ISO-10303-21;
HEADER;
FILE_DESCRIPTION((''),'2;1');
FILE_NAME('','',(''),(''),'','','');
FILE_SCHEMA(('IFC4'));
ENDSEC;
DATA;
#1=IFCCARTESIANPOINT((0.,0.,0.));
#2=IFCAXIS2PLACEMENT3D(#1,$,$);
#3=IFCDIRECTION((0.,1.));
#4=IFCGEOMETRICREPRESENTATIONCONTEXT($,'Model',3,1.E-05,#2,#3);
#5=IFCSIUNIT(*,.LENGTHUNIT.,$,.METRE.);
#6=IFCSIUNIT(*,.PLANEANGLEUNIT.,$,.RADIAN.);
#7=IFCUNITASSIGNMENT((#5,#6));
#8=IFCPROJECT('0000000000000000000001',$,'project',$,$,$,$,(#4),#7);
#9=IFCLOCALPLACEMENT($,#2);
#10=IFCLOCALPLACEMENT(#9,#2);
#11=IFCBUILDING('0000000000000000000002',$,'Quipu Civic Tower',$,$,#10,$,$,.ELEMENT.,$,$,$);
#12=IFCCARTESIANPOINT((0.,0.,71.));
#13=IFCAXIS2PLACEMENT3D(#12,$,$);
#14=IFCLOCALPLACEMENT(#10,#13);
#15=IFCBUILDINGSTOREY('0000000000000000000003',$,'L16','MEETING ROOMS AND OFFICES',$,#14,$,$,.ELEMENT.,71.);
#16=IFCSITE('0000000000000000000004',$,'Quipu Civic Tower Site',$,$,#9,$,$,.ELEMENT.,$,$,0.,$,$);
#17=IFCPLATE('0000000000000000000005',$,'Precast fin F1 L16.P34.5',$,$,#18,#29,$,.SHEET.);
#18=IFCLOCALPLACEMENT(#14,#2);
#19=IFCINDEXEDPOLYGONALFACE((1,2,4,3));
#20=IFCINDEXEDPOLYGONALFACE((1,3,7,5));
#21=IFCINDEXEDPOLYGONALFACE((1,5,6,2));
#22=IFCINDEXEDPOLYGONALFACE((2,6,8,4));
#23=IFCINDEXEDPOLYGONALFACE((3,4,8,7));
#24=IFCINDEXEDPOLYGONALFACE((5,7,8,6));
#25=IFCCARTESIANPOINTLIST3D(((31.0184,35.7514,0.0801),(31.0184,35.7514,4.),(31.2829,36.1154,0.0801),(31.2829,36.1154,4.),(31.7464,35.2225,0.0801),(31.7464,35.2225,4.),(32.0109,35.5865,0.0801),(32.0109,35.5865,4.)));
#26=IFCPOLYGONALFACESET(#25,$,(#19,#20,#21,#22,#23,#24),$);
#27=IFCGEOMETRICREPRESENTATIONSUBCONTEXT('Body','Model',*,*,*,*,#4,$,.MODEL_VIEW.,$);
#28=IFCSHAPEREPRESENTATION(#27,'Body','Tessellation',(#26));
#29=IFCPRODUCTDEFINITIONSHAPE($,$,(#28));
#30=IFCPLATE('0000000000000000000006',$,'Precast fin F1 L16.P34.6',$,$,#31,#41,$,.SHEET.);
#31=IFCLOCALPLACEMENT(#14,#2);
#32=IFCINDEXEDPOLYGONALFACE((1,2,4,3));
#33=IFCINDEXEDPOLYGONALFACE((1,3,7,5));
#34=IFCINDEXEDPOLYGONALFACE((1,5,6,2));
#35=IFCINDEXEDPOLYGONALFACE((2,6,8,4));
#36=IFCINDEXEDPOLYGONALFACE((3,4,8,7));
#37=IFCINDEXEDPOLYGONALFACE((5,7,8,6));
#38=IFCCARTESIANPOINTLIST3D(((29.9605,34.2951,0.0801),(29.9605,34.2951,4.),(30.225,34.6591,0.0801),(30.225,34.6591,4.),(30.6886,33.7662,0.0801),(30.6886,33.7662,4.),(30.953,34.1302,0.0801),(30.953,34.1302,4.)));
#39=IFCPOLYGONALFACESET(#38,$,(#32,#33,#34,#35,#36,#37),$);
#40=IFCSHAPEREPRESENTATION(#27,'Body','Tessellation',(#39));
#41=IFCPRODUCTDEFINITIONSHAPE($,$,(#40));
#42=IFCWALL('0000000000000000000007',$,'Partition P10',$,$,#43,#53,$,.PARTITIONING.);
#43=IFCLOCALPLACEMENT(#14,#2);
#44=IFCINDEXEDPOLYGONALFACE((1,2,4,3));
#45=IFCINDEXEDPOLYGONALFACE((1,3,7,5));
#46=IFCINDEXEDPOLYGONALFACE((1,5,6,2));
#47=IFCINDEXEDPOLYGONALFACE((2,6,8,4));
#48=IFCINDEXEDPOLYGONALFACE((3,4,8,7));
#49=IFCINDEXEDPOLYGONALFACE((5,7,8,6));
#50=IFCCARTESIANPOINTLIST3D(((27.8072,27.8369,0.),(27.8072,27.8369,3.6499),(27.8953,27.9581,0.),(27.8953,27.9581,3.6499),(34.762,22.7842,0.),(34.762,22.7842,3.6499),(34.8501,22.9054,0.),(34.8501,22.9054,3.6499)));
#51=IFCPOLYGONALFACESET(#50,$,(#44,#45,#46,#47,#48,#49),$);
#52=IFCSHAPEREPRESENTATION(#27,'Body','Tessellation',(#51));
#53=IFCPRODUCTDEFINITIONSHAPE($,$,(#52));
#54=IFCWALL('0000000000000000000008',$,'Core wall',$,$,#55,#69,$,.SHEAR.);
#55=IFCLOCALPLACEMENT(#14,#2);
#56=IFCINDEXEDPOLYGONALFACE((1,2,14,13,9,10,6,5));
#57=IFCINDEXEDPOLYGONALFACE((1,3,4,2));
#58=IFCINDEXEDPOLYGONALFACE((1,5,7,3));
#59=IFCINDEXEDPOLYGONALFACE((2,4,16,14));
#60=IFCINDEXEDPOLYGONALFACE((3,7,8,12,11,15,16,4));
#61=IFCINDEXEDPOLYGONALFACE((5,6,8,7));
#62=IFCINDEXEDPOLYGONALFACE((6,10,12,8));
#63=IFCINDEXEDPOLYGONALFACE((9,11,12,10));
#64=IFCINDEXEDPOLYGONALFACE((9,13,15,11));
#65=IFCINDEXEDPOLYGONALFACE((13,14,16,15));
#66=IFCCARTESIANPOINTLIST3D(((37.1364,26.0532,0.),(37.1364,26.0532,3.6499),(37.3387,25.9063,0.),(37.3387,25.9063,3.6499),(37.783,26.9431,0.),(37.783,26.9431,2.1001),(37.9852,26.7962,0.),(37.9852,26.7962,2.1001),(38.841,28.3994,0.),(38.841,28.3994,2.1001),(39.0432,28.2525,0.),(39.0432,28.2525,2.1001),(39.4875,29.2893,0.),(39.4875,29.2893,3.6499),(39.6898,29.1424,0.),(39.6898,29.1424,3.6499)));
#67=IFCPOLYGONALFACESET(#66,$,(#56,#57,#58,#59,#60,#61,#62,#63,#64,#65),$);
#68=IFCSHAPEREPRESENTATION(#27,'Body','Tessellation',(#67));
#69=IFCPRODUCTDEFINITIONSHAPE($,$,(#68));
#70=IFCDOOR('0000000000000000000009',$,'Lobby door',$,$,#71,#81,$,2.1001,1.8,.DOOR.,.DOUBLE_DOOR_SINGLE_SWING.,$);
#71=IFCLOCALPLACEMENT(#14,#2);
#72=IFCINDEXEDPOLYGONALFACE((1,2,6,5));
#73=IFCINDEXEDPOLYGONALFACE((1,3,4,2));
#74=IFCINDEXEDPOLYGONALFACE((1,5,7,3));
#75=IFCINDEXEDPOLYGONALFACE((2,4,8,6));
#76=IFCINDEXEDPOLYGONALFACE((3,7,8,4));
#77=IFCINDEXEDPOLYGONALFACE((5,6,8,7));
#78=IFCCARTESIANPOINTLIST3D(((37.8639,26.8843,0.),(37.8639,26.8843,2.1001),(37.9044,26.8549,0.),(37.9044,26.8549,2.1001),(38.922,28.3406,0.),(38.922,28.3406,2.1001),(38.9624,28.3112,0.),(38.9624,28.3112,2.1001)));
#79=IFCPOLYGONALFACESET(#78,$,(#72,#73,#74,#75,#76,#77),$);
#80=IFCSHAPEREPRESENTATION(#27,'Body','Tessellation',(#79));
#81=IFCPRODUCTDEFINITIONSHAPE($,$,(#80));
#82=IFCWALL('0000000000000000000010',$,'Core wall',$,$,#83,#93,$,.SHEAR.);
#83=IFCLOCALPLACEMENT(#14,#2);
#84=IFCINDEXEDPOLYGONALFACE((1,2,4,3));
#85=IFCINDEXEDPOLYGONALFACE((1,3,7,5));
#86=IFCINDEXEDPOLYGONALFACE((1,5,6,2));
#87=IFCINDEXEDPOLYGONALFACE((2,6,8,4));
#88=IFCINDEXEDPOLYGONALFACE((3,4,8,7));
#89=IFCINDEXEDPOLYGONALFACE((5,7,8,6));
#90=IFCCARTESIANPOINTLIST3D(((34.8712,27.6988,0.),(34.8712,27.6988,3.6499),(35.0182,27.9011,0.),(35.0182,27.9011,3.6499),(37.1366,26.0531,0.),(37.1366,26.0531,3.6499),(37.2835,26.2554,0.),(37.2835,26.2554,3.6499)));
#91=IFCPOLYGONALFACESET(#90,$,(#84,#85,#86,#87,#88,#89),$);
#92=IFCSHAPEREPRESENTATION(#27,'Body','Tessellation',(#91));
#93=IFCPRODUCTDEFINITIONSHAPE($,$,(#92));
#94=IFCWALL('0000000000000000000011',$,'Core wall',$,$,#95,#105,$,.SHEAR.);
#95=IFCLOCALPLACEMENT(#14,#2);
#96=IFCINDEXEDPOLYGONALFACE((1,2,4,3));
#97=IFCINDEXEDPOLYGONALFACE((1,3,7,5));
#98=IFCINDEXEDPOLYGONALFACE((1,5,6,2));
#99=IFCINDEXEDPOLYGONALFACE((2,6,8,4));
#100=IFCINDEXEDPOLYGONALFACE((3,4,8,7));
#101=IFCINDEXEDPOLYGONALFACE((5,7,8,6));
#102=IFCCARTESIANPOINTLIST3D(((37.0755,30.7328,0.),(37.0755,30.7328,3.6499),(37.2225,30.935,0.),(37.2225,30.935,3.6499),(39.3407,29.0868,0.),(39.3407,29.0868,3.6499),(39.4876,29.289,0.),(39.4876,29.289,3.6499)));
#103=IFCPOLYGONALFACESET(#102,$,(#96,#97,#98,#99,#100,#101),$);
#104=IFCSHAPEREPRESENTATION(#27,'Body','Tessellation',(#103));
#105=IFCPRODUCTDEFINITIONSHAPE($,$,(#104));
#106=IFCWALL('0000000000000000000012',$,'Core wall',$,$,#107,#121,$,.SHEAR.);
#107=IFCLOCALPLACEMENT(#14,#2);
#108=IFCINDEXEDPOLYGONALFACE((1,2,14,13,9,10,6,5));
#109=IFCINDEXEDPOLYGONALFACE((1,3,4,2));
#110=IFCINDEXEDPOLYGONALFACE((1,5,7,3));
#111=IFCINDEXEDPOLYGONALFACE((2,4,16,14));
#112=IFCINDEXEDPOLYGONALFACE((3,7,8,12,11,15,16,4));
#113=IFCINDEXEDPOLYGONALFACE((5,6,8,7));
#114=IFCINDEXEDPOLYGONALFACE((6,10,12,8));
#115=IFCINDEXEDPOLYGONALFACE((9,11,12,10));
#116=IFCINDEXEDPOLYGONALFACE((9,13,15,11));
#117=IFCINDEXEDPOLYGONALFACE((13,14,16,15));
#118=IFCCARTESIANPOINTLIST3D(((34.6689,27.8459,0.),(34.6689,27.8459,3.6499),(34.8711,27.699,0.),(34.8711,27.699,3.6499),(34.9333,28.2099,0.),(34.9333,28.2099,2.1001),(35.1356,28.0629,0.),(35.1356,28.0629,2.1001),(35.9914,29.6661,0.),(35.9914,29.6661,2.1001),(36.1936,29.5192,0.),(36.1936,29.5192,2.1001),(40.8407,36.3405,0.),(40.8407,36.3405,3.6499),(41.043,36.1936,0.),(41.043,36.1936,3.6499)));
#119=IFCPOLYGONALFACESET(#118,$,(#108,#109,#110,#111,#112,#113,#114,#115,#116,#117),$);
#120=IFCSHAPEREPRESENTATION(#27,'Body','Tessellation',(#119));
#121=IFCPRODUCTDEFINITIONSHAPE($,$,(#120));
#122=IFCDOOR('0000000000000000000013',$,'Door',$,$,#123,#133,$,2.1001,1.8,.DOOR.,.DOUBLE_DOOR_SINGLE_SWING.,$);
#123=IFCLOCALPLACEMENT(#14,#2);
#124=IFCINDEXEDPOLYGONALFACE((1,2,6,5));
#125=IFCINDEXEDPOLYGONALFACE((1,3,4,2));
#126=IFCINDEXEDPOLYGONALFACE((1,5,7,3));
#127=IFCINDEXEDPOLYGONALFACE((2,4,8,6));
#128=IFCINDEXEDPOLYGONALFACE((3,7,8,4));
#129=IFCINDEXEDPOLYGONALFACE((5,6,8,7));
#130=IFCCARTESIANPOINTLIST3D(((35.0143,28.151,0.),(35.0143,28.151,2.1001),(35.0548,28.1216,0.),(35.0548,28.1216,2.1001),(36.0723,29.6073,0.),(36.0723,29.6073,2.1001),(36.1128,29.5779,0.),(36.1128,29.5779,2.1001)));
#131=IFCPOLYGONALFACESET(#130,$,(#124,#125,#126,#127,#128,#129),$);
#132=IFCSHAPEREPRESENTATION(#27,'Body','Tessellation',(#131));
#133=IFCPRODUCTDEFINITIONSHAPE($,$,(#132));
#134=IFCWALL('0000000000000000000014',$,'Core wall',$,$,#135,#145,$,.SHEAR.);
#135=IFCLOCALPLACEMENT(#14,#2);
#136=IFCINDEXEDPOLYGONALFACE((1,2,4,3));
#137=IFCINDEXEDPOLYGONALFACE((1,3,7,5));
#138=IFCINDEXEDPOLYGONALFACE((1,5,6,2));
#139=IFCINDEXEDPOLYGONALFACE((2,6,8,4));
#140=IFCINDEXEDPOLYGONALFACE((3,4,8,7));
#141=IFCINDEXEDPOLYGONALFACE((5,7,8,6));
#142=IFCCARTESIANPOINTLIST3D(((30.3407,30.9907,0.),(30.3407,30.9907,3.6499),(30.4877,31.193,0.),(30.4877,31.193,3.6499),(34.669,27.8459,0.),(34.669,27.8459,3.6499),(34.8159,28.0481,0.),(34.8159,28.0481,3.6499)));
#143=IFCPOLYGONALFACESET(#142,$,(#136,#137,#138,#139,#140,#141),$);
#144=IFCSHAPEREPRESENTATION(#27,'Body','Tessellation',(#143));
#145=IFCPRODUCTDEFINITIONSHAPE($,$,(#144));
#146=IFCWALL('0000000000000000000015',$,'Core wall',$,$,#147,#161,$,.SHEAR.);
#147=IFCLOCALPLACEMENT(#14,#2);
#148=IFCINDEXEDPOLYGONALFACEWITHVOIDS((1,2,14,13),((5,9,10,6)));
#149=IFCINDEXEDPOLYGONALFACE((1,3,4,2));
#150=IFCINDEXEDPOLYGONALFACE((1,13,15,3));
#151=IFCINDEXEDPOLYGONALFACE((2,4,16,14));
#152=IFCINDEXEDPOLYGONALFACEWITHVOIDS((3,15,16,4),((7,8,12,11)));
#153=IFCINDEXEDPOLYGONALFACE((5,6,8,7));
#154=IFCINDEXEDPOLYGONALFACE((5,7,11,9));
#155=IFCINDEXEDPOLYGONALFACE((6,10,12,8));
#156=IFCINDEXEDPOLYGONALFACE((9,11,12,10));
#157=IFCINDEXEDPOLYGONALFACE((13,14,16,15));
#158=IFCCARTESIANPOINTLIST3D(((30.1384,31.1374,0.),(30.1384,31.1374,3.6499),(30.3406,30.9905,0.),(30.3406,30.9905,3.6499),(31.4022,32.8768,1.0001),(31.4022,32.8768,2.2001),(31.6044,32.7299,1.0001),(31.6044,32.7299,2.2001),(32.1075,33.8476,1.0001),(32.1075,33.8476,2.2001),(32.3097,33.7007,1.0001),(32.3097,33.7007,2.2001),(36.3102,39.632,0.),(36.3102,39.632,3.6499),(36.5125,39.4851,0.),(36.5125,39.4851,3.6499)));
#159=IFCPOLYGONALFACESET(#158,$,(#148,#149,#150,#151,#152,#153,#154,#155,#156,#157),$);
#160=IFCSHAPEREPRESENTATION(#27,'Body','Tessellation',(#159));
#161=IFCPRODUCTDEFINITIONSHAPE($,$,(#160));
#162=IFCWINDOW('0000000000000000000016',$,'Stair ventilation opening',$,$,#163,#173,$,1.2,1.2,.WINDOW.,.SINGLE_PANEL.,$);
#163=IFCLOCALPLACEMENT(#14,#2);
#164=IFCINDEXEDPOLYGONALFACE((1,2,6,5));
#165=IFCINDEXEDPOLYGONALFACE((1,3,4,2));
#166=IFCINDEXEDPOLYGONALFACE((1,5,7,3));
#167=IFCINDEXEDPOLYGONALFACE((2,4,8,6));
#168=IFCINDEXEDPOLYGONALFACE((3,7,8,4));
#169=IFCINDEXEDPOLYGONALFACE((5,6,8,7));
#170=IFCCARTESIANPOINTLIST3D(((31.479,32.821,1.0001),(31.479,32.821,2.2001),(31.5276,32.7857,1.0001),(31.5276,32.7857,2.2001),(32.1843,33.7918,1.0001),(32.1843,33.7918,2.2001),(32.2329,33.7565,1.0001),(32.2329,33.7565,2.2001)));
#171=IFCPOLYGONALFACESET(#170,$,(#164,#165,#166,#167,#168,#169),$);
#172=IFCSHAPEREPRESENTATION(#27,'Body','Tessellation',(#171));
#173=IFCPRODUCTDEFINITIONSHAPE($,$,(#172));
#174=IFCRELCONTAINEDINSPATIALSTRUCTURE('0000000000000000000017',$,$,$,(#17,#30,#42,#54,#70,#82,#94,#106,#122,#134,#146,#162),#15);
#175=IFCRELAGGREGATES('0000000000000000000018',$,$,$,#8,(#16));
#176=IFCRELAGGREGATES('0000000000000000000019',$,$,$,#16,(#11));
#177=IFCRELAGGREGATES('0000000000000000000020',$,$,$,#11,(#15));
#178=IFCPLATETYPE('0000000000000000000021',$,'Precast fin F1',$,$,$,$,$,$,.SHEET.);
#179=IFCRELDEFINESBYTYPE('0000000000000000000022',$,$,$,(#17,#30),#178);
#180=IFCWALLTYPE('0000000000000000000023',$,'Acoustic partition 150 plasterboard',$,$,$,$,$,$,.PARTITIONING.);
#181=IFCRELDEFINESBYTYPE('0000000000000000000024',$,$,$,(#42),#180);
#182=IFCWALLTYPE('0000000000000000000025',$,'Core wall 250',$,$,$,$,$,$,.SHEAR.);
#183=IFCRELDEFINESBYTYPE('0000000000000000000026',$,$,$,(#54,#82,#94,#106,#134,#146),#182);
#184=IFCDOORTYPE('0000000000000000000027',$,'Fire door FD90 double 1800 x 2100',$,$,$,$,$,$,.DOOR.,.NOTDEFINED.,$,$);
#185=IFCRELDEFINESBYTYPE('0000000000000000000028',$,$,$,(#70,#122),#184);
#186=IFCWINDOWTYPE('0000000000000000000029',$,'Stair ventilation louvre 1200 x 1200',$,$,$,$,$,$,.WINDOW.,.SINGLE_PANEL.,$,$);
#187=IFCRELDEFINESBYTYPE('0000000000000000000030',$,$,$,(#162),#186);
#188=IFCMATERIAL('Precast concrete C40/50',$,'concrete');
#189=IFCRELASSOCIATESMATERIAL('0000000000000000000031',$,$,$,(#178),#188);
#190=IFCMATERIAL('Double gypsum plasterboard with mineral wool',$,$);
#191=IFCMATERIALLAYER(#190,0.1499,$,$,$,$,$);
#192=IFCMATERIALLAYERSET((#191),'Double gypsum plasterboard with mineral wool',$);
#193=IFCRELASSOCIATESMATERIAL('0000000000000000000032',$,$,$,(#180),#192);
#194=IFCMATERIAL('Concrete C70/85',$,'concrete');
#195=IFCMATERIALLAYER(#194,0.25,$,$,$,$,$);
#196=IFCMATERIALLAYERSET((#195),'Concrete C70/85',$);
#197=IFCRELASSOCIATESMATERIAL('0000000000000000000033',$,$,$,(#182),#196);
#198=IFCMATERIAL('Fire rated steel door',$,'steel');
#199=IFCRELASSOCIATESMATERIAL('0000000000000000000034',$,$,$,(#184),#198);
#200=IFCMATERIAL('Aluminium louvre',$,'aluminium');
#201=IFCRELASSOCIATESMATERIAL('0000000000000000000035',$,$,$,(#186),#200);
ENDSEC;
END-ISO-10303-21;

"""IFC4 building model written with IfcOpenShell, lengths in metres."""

from ifc_helpers import new_model, si_unit, direction, frame, frame_2d, origin, origin_2d, place, context, subcontext, project, spatial, rectangle, extrude, material, layer, layer_set, type_object, element, fill, save


model = new_model("IFC4")

# Units and contexts
model_context = context("Model", 3, precision=1e-05, world=origin(), true_north=direction((0.0, 1.0)))
body_context = subcontext(model_context, "Body", "Model", "MODEL_VIEW")
ifc_project = project(units=[si_unit("LENGTHUNIT", "METRE"), si_unit("PLANEANGLEUNIT", "RADIAN")], contexts=[model_context])

# Site, building, storey
site_placement = place(None, origin())
site = spatial("IfcSite", under=ifc_project, at=site_placement, Name="Quipu Civic Tower Site", CompositionType="ELEMENT", RefElevation=0.0)
building_placement = place(site_placement, origin())
building = spatial("IfcBuilding", under=site, at=building_placement, Name="Quipu Civic Tower", CompositionType="ELEMENT")
storey_placement = place(building_placement, frame((0.0, 0.0, 71.0)))
storey = spatial("IfcBuildingStorey", under=building, at=storey_placement, Name="L16", Description="MEETING ROOMS AND OFFICES", CompositionType="ELEMENT", Elevation=71.0)

# Plates
ifc_material_1 = material(Name="Precast concrete C40/50", Category="concrete")
plate_type_1 = type_object("IfcPlateType", Name="Precast fin F1", PredefinedType="SHEET", material=ifc_material_1)
for number, where, z_axis, x_axis, name in (
    (1, (31.5146, 35.6689, 0.0801), (0.0, 0.0, 1.0), (-0.587785, -0.809017, 0.0), "Precast fin F1 L16.P34.5"),
    (2, (30.4568, 34.2126, 0.0801), (0.0, 0.0, 1.0), (-0.587785, -0.809017, 0.0), "Precast fin F1 L16.P34.6"),
):
    element("IfcPlate", number, at=place(storey_placement, frame(where, z_axis=z_axis, x_axis=x_axis)), inside=storey, type_object=plate_type_1, Name=name, PredefinedType="SHEET", context=body_context, shape_type="SweptSolid", body=[
        extrude(rectangle(XDim=0.45, YDim=0.8999, at=origin_2d()), origin(), (0.0, 0.0, 1.0), 3.9199),
    ])

# Wall
ifc_material_2 = material(Name="Double gypsum plasterboard with mineral wool")
ifc_layer_1 = layer(ifc_material_2, 0.1499)
ifc_layer_set_1 = layer_set([ifc_layer_1], Name="Double gypsum plasterboard with mineral wool")
wall_type_1 = type_object("IfcWallType", Name="Acoustic partition 150 plasterboard", PredefinedType="PARTITIONING", material=ifc_layer_set_1)
wall_1_placement = place(storey_placement, frame((34.8062, 22.8447, 0.0), z_axis=(0.0, 0.0, 1.0), x_axis=(-0.809031, 0.587766, 0.0)))
element("IfcWall", 3, at=wall_1_placement, inside=storey, type_object=wall_type_1, Name="Partition P10", PredefinedType="PARTITIONING", context=body_context, shape_type="SweptSolid", body=[
    extrude(rectangle(XDim=8.5964, YDim=0.1499, at=frame_2d((4.2983, 0.0))), origin(), (0.0, 0.0, 1.0), 3.6499),
])

# Wall, opening, door
ifc_material_3 = material(Name="Concrete C70/85", Category="concrete")
ifc_layer_2 = layer(ifc_material_3, 0.25)
ifc_layer_set_2 = layer_set([ifc_layer_2], Name="Concrete C70/85")
wall_type_2 = type_object("IfcWallType", Name="Core wall 250", PredefinedType="SHEAR", material=ifc_layer_set_2)
wall_2_placement = place(storey_placement, frame((37.2375, 25.9797, 0.0), z_axis=(0.0, 0.0, 1.0), x_axis=(0.587772, 0.809026, 0.0)))
wall_2 = element("IfcWall", 4, at=wall_2_placement, inside=storey, type_object=wall_type_2, Name="Core wall", PredefinedType="SHEAR", context=body_context, shape_type="SweptSolid", body=[
    extrude(rectangle(XDim=4.0, YDim=0.25, at=frame_2d((2.0, 0.0))), origin(), (0.0, 0.0, 1.0), 3.6499),
])
opening_1_placement = place(wall_2_placement, frame((1.1001, 0.0, 0.0)))
opening_1 = element("IfcOpeningElement", 5, at=opening_1_placement, cuts=wall_2, PredefinedType="OPENING", context=body_context, shape_type="SweptSolid", body=[
    extrude(rectangle(XDim=1.8, YDim=2.1001, at=frame_2d((0.8999, 1.05))), frame((0.0, 0.135, 0.0), z_axis=(0.0, -1.0, 0.0), x_axis=(1.0, 0.0, 0.0)), (0.0, 0.0, 1.0), 0.27),
])
ifc_material_4 = material(Name="Fire rated steel door", Category="steel")
door_type_1 = type_object("IfcDoorType", Name="Fire door FD90 double 1800 x 2100", OperationType="NOTDEFINED", PredefinedType="DOOR", material=ifc_material_4)
door_1_placement = place(opening_1_placement, origin())
door_1 = element("IfcDoor", 6, at=door_1_placement, inside=storey, type_object=door_type_1, Name="Lobby door", OperationType="DOUBLE_DOOR_SINGLE_SWING", OverallHeight=2.1001, OverallWidth=1.8, PredefinedType="DOOR", context=body_context, shape_type="SweptSolid", body=[
    extrude(rectangle(XDim=1.8, YDim=2.1001, at=frame_2d((0.8999, 1.05))), frame((0.0, 0.0249, 0.0), z_axis=(0.0, -1.0, 0.0), x_axis=(1.0, 0.0, 0.0)), (0.0, 0.0, 1.0), 0.05),
])
fill(opening_1, door_1)

# Walls
for number, where, z_axis, x_axis, name in (
    (7, (37.21, 26.1543, 0.0), (0.0, 0.0, 1.0), (-0.809041, 0.587752, 0.0), "Core wall"),
    (8, (39.4141, 29.188, 0.0), (0.0, 0.0, 1.0), (-0.80897, 0.58785, 0.0), "Core wall"),
):
    element("IfcWall", number, at=place(storey_placement, frame(where, z_axis=z_axis, x_axis=x_axis)), inside=storey, type_object=wall_type_2, Name=name, PredefinedType="SHEAR", context=body_context, shape_type="SweptSolid", body=[
        extrude(rectangle(XDim=2.8, YDim=0.25, at=frame_2d((1.3999, 0.0))), origin(), (0.0, 0.0, 1.0), 3.6499),
    ])

# Wall, opening, door
wall_3_placement = place(storey_placement, frame((34.77, 27.7725, 0.0), z_axis=(0.0, 0.0, 1.0), x_axis=(0.587796, 0.809009, 0.0)))
wall_3 = element("IfcWall", 9, at=wall_3_placement, inside=storey, type_object=wall_type_2, Name="Core wall", PredefinedType="SHEAR", context=body_context, shape_type="SweptSolid", body=[
    extrude(rectangle(XDim=10.5, YDim=0.25, at=frame_2d((5.25, 0.0))), origin(), (0.0, 0.0, 1.0), 3.6499),
])
opening_2_placement = place(wall_3_placement, frame((0.45, 0.0, 0.0)))
opening_2 = element("IfcOpeningElement", 10, at=opening_2_placement, cuts=wall_3, PredefinedType="OPENING", context=body_context, shape_type="SweptSolid", body=[
    extrude(rectangle(XDim=1.8, YDim=2.1001, at=frame_2d((0.8999, 1.05))), frame((0.0, 0.135, 0.0), z_axis=(0.0, -1.0, 0.0), x_axis=(1.0, 0.0, 0.0)), (0.0, 0.0, 1.0), 0.27),
])
door_2_placement = place(opening_2_placement, origin())
door_2 = element("IfcDoor", 11, at=door_2_placement, inside=storey, type_object=door_type_1, Name="Door", OperationType="DOUBLE_DOOR_SINGLE_SWING", OverallHeight=2.1001, OverallWidth=1.8, PredefinedType="DOOR", context=body_context, shape_type="SweptSolid", body=[
    extrude(rectangle(XDim=1.8, YDim=2.1001, at=frame_2d((0.8999, 1.05))), frame((0.0, 0.0249, 0.0), z_axis=(0.0, -1.0, 0.0), x_axis=(1.0, 0.0, 0.0)), (0.0, 0.0, 1.0), 0.05),
])
fill(opening_2, door_2)

# Wall
wall_4_placement = place(storey_placement, frame((34.7424, 27.947, 0.0), z_axis=(0.0, 0.0, 1.0), x_axis=(-0.808998, 0.587811, 0.0)))
element("IfcWall", 12, at=wall_4_placement, inside=storey, type_object=wall_type_2, Name="Core wall", PredefinedType="SHEAR", context=body_context, shape_type="SweptSolid", body=[
    extrude(rectangle(XDim=5.3501, YDim=0.25, at=frame_2d((2.675, 0.0))), origin(), (0.0, 0.0, 1.0), 3.6499),
])

# Wall, opening, window
wall_5_placement = place(storey_placement, frame((30.2395, 31.064, 0.0), z_axis=(0.0, 0.0, 1.0), x_axis=(0.587796, 0.809009, 0.0)))
wall_5 = element("IfcWall", 13, at=wall_5_placement, inside=storey, type_object=wall_type_2, Name="Core wall", PredefinedType="SHEAR", context=body_context, shape_type="SweptSolid", body=[
    extrude(rectangle(XDim=10.5, YDim=0.25, at=frame_2d((5.25, 0.0))), origin(), (0.0, 0.0, 1.0), 3.6499),
])
opening_3_placement = place(wall_5_placement, frame((2.1499, 0.0, 1.0)))
opening_3 = element("IfcOpeningElement", 14, at=opening_3_placement, cuts=wall_5, PredefinedType="OPENING", context=body_context, shape_type="SweptSolid", body=[
    extrude(rectangle(XDim=1.2, YDim=1.2, at=frame_2d((0.6001, 0.6001))), frame((0.0, 0.135, 0.0), z_axis=(0.0, -1.0, 0.0), x_axis=(1.0, 0.0, 0.0)), (0.0, 0.0, 1.0), 0.27),
])
ifc_material_5 = material(Name="Aluminium louvre", Category="aluminium")
window_type = type_object("IfcWindowType", Name="Stair ventilation louvre 1200 x 1200", PartitioningType="SINGLE_PANEL", PredefinedType="WINDOW", material=ifc_material_5)
window_placement = place(opening_3_placement, origin())
window = element("IfcWindow", 15, at=window_placement, inside=storey, type_object=window_type, Name="Stair ventilation opening", OverallHeight=1.2, OverallWidth=1.2, PartitioningType="SINGLE_PANEL", PredefinedType="WINDOW", context=body_context, shape_type="SweptSolid", body=[
    extrude(rectangle(XDim=1.2, YDim=1.2, at=frame_2d((0.6001, 0.6001))), frame((0.0, 0.03, 0.0), z_axis=(0.0, -1.0, 0.0), x_axis=(1.0, 0.0, 0.0)), (0.0, 0.0, 1.0), 0.0601),
])
fill(opening_3, window)

save(model, "model.ifc")
